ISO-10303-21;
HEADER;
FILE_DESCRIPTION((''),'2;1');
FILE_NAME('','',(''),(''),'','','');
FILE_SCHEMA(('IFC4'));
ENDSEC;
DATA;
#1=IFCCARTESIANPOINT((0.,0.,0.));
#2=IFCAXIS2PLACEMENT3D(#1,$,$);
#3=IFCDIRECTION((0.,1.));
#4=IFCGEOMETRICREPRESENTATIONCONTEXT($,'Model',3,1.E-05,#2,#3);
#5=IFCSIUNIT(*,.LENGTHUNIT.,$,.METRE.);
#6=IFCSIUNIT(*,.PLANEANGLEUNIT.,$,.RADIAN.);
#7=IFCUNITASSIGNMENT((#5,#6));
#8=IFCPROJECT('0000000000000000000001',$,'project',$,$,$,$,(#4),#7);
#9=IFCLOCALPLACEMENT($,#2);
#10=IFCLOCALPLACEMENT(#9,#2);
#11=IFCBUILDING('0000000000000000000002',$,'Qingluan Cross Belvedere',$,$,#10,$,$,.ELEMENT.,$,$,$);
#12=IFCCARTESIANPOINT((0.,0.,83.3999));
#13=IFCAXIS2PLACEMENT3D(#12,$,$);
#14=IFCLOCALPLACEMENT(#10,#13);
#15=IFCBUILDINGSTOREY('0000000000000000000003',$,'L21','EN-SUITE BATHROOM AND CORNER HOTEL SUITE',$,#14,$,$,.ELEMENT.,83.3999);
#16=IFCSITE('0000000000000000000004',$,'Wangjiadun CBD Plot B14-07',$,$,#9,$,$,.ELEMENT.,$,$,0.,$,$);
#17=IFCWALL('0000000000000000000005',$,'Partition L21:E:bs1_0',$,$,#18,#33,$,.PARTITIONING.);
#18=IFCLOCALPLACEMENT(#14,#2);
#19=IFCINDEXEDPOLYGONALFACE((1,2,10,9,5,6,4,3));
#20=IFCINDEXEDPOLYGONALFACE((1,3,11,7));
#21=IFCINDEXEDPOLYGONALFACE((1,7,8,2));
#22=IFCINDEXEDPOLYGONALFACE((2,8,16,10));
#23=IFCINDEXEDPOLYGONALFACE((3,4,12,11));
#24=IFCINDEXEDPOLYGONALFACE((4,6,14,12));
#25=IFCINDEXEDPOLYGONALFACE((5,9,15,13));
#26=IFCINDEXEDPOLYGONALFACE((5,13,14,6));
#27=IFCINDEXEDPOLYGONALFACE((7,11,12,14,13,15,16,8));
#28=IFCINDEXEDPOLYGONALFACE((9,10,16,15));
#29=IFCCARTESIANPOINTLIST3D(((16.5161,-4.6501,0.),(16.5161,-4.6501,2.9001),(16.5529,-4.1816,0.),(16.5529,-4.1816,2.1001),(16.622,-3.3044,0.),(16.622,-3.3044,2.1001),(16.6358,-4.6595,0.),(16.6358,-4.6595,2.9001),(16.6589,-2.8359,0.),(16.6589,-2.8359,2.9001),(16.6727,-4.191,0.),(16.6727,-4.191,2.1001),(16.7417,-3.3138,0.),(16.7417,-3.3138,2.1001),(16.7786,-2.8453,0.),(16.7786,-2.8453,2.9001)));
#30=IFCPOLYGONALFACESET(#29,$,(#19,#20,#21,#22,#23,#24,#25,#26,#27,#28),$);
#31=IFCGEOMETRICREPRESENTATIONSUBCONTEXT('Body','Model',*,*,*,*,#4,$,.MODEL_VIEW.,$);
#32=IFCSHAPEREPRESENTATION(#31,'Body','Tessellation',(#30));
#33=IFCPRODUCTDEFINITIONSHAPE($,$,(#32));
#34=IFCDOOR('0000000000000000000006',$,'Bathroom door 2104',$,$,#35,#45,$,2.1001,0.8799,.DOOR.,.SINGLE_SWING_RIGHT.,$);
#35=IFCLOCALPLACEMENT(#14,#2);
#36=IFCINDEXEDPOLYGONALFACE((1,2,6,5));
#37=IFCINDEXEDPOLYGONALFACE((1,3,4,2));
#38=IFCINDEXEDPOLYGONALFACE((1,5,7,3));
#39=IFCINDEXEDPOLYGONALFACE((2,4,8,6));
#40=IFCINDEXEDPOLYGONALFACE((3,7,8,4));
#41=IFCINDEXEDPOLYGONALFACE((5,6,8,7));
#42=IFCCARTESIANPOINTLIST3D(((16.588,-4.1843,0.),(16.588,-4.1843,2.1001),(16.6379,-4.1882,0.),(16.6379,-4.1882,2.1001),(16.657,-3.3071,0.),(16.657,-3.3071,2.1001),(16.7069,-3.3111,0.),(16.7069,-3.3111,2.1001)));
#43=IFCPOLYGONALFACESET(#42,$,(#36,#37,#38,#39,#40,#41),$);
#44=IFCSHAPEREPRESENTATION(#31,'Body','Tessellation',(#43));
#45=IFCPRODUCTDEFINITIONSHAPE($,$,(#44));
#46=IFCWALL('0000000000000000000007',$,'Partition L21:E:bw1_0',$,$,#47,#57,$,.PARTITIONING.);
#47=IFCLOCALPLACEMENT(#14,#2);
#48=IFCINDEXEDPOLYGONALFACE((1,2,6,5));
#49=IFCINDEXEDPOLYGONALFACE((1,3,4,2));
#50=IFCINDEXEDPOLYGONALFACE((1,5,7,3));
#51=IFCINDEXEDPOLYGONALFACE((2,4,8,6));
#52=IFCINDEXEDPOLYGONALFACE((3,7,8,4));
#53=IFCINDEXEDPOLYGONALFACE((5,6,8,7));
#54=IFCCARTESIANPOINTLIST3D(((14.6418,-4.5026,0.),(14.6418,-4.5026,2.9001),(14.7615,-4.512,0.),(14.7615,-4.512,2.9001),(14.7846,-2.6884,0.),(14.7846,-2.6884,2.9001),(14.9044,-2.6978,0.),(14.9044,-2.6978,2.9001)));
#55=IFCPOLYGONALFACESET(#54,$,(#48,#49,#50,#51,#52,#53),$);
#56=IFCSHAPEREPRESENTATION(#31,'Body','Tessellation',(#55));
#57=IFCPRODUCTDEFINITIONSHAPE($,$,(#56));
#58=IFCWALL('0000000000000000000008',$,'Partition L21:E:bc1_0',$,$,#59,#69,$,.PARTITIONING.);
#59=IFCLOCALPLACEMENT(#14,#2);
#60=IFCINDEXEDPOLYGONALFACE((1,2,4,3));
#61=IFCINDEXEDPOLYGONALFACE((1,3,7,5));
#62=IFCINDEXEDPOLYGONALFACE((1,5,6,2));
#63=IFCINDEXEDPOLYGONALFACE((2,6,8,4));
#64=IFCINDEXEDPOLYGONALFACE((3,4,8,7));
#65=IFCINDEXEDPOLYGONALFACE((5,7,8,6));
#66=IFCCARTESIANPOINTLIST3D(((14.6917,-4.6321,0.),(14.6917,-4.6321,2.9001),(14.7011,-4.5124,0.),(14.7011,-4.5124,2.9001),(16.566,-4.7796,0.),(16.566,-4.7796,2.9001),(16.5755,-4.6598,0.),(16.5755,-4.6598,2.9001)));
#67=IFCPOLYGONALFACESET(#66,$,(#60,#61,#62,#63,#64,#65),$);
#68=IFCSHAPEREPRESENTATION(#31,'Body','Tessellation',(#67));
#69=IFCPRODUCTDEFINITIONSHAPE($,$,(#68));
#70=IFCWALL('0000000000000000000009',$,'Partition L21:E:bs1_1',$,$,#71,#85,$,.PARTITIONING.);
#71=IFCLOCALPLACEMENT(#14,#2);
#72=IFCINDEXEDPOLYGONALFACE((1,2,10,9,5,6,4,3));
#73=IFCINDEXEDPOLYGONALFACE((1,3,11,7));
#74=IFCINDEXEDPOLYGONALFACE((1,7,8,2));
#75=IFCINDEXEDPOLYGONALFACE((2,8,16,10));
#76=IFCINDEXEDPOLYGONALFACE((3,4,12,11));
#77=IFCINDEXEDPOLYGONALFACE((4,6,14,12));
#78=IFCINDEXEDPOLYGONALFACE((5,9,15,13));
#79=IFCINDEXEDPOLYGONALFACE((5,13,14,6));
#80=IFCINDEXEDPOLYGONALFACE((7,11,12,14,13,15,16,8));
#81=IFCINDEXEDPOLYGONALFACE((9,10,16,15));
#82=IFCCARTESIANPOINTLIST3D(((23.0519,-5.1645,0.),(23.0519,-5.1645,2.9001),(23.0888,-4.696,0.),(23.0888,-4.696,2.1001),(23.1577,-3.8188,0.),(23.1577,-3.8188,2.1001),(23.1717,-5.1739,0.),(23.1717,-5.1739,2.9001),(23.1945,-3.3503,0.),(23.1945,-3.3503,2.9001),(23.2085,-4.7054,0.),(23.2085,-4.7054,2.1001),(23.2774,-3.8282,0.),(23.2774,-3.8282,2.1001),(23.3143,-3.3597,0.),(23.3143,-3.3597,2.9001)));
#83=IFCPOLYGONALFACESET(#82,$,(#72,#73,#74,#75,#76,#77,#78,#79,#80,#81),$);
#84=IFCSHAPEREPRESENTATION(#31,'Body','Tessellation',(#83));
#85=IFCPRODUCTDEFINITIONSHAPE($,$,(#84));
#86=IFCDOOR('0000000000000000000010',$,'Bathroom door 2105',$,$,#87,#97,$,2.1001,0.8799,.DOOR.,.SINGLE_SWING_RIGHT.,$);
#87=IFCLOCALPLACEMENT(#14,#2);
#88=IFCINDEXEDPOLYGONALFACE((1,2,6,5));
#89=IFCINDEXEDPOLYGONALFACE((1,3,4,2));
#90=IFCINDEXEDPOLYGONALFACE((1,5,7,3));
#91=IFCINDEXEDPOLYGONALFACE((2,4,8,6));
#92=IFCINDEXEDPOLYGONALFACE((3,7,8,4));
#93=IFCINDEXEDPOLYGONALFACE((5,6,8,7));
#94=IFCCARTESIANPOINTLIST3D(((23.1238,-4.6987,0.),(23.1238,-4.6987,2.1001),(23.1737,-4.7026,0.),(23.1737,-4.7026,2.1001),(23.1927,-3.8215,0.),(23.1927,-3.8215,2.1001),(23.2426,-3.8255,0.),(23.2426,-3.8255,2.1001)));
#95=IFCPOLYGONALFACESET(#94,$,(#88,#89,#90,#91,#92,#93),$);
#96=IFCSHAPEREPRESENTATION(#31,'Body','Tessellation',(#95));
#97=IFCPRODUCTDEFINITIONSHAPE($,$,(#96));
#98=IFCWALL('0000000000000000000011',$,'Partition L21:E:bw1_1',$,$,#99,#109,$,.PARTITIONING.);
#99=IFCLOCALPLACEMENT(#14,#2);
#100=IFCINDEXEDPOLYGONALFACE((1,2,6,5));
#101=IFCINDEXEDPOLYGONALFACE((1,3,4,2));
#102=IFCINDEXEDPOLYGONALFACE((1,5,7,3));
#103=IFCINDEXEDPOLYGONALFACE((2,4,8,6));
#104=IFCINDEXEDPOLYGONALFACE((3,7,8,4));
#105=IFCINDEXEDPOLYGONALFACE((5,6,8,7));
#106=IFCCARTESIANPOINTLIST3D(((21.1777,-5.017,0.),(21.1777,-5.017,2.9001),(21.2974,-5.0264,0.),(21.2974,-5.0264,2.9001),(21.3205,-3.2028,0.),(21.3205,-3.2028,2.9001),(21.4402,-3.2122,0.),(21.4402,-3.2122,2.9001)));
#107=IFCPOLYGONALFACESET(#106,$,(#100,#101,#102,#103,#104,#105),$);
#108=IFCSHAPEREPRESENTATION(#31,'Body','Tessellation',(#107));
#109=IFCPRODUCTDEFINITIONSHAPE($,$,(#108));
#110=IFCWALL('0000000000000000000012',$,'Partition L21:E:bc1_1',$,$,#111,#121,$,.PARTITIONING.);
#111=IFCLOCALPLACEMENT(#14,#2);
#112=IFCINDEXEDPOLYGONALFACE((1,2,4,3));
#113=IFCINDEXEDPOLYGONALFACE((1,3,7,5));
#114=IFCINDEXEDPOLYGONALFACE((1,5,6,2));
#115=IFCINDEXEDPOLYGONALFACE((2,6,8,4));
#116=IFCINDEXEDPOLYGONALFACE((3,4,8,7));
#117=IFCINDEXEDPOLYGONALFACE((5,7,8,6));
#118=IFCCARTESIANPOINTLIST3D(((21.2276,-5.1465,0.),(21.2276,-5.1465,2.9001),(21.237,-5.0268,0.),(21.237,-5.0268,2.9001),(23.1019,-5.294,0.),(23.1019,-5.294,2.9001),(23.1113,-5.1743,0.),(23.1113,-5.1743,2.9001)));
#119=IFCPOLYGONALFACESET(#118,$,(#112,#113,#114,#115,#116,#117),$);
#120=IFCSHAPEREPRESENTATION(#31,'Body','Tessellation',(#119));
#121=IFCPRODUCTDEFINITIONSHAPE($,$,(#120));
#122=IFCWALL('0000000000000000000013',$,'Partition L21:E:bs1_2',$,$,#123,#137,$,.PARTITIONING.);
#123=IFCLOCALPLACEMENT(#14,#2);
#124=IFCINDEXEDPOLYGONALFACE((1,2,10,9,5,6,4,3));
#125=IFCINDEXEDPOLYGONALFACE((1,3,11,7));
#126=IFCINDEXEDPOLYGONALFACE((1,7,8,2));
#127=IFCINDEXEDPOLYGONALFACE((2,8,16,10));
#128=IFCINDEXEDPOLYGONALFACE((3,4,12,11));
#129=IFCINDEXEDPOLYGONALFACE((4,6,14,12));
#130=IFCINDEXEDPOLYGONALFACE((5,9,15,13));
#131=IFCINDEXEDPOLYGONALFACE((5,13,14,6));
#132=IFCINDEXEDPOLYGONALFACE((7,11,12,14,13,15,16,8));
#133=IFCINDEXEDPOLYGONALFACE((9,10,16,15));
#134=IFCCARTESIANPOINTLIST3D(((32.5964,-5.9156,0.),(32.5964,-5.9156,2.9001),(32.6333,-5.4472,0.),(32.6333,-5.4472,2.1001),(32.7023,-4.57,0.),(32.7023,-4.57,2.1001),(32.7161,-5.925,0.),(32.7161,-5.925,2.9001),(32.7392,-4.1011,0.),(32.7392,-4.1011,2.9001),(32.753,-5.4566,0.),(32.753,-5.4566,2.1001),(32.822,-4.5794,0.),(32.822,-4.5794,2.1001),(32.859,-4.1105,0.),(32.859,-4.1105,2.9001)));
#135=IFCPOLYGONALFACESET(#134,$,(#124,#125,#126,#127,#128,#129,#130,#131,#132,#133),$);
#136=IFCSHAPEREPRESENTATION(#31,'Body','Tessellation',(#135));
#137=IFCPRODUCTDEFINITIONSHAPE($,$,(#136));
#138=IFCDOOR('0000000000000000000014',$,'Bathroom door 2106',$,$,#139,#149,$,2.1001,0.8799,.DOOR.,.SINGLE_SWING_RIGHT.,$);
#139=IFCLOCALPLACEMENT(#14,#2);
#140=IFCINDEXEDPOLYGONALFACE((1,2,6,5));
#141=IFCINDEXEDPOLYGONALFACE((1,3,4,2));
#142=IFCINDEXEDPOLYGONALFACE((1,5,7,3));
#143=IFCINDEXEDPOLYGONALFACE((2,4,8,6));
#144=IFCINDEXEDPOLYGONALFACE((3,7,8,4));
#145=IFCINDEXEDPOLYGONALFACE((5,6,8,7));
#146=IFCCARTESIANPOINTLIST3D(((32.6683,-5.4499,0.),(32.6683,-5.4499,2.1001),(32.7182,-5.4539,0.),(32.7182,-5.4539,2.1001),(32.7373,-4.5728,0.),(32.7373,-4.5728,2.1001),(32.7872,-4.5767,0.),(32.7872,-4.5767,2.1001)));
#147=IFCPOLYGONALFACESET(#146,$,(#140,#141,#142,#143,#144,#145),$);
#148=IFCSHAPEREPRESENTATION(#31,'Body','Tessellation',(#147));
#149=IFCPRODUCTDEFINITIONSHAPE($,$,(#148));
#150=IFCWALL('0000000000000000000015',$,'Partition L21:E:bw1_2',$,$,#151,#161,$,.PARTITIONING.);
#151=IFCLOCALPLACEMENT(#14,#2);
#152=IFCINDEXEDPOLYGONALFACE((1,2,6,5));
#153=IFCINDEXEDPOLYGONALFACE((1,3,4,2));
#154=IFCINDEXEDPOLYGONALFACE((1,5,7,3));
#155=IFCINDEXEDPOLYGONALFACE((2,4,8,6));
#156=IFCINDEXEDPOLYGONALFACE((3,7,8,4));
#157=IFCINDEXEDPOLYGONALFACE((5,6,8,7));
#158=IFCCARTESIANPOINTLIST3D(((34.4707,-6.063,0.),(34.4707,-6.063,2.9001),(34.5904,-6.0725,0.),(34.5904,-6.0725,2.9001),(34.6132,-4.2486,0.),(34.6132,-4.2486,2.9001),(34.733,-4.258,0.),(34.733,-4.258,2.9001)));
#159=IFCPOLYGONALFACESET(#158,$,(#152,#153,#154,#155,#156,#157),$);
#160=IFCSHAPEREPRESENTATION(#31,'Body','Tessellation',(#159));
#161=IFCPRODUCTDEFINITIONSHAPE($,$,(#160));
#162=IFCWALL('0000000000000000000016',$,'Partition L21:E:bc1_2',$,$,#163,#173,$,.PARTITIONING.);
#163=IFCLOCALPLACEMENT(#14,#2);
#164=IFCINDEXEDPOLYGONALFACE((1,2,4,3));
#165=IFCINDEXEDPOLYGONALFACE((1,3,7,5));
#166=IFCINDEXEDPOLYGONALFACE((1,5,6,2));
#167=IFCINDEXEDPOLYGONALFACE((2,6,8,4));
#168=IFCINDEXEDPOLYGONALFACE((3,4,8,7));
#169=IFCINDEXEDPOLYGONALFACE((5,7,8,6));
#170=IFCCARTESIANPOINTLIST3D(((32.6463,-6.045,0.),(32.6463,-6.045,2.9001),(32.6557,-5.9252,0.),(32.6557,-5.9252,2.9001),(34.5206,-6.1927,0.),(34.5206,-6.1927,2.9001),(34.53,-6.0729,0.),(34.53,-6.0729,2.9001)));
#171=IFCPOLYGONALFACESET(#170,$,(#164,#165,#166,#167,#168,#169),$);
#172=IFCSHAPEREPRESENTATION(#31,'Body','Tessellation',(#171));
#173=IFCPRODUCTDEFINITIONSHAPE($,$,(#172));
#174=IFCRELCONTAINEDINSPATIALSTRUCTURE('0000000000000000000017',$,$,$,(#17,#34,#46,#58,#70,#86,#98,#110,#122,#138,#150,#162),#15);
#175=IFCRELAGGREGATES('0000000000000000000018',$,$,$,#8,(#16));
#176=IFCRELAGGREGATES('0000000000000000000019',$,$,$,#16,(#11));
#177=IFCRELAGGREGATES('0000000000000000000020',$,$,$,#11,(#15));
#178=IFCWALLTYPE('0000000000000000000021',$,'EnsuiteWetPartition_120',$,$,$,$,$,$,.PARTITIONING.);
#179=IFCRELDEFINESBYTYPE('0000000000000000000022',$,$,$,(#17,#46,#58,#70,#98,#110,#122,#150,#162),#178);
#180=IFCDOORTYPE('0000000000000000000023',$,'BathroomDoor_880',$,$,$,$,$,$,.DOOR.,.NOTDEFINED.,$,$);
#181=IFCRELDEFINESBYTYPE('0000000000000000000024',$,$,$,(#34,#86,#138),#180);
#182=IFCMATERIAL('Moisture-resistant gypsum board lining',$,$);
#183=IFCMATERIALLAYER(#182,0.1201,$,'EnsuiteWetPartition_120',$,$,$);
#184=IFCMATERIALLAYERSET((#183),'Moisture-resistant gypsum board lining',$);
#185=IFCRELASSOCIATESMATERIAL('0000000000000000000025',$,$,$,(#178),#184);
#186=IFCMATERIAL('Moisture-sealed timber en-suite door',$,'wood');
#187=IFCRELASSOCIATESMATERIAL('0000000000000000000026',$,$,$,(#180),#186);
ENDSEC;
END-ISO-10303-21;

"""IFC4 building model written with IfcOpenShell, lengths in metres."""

from ifc_helpers import new_model, si_unit, direction, frame, frame_2d, origin, place, context, subcontext, project, spatial, rectangle, extrude, material, layer, layer_set, type_object, element, fill, save


model = new_model("IFC4")

# Units and contexts
model_context = context("Model", 3, precision=1e-05, world=origin(), true_north=direction((0.0, 1.0)))
body_context = subcontext(model_context, "Body", "Model", "MODEL_VIEW")
ifc_project = project(units=[si_unit("LENGTHUNIT", "METRE"), si_unit("PLANEANGLEUNIT", "RADIAN")], contexts=[model_context])

# Site, building, storey
site_placement = place(None, origin())
site = spatial("IfcSite", under=ifc_project, at=site_placement, Name="Wangjiadun CBD Plot B14-07", CompositionType="ELEMENT", RefElevation=0.0)
building_placement = place(site_placement, origin())
building = spatial("IfcBuilding", under=site, at=building_placement, Name="Qingluan Cross Belvedere", CompositionType="ELEMENT")
storey_placement = place(building_placement, frame((0.0, 0.0, 83.3999)))
storey = spatial("IfcBuildingStorey", under=building, at=storey_placement, Name="L21", Description="EN-SUITE BATHROOM AND CORNER HOTEL SUITE", CompositionType="ELEMENT", Elevation=83.3999)

# Wall, opening, door
ifc_material_1 = material(Name="Moisture-resistant gypsum board lining")
ifc_layer_1 = layer(ifc_material_1, 0.1201, Name="EnsuiteWetPartition_120")
ifc_layer_set_1 = layer_set([ifc_layer_1], Name="Moisture-resistant gypsum board lining")
wall_type_1 = type_object("IfcWallType", Name="EnsuiteWetPartition_120", PredefinedType="PARTITIONING", material=ifc_layer_set_1)
wall_1_placement = place(storey_placement, frame((16.5759, -4.6548, 0.0), z_axis=(0.0, 0.0, 1.0), x_axis=(0.078481, 0.996916, 0.0)))
wall_1 = element("IfcWall", 1, at=wall_1_placement, inside=storey, type_object=wall_type_1, Name="Partition L21:E:bs1_0", PredefinedType="PARTITIONING", context=body_context, shape_type="SweptSolid", body=[
    extrude(rectangle(XDim=1.8198, YDim=0.1201, at=frame_2d((0.9099, 0.0))), origin(), (0.0, 0.0, 1.0), 2.9001),
])
opening_1_placement = place(wall_1_placement, frame((0.47, 0.0, 0.0)))
opening_1 = element("IfcOpeningElement", 2, at=opening_1_placement, cuts=wall_1, PredefinedType="OPENING", context=body_context, shape_type="SweptSolid", body=[
    extrude(rectangle(XDim=0.8799, YDim=2.1001, at=frame_2d((0.4399, 1.05))), frame((0.0, 0.0701, 0.0), z_axis=(0.0, -1.0, 0.0), x_axis=(1.0, 0.0, 0.0)), (0.0, 0.0, 1.0), 0.1401),
])
ifc_material_2 = material(Name="Moisture-sealed timber en-suite door", Category="wood")
door_type = type_object("IfcDoorType", Name="BathroomDoor_880", OperationType="NOTDEFINED", PredefinedType="DOOR", material=ifc_material_2)
door_1_placement = place(opening_1_placement, origin())
door_1 = element("IfcDoor", 3, at=door_1_placement, inside=storey, type_object=door_type, Name="Bathroom door 2104", OperationType="SINGLE_SWING_RIGHT", OverallHeight=2.1001, OverallWidth=0.8799, PredefinedType="DOOR", context=body_context, shape_type="SweptSolid", body=[
    extrude(rectangle(XDim=0.8799, YDim=2.1001, at=frame_2d((0.4399, 1.05))), frame((0.0, 0.0249, 0.0), z_axis=(0.0, -1.0, 0.0), x_axis=(1.0, 0.0, 0.0)), (0.0, 0.0, 1.0), 0.05),
])
fill(opening_1, door_1)

# Walls
wall_2_placement = place(storey_placement, frame((14.7017, -4.5073, 0.0), z_axis=(0.0, 0.0, 1.0), x_axis=(0.078481, 0.996916, 0.0)))
element("IfcWall", 4, at=wall_2_placement, inside=storey, type_object=wall_type_1, Name="Partition L21:E:bw1_0", PredefinedType="PARTITIONING", context=body_context, shape_type="SweptSolid", body=[
    extrude(rectangle(XDim=1.8198, YDim=0.1201, at=frame_2d((0.9099, 0.0))), origin(), (0.0, 0.0, 1.0), 2.9001),
])
wall_3_placement = place(storey_placement, frame((14.6965, -4.5723, 0.0), z_axis=(0.0, 0.0, 1.0), x_axis=(0.996919, -0.078434, 0.0)))
element("IfcWall", 5, at=wall_3_placement, inside=storey, type_object=wall_type_1, Name="Partition L21:E:bc1_0", PredefinedType="PARTITIONING", context=body_context, shape_type="SweptSolid", body=[
    extrude(rectangle(XDim=1.8801, YDim=0.1201, at=frame_2d((0.9399, 0.0))), origin(), (0.0, 0.0, 1.0), 2.9001),
])

# Wall, opening, door
wall_4_placement = place(storey_placement, frame((23.1118, -5.1692, 0.0), z_axis=(0.0, 0.0, 1.0), x_axis=(0.078348, 0.996926, 0.0)))
wall_4 = element("IfcWall", 6, at=wall_4_placement, inside=storey, type_object=wall_type_1, Name="Partition L21:E:bs1_1", PredefinedType="PARTITIONING", context=body_context, shape_type="SweptSolid", body=[
    extrude(rectangle(XDim=1.8198, YDim=0.1201, at=frame_2d((0.9099, 0.0))), origin(), (0.0, 0.0, 1.0), 2.9001),
])
opening_2_placement = place(wall_4_placement, frame((0.47, 0.0, 0.0)))
opening_2 = element("IfcOpeningElement", 7, at=opening_2_placement, cuts=wall_4, PredefinedType="OPENING", context=body_context, shape_type="SweptSolid", body=[
    extrude(rectangle(XDim=0.8799, YDim=2.1001, at=frame_2d((0.4399, 1.05))), frame((0.0, 0.0701, 0.0), z_axis=(0.0, -1.0, 0.0), x_axis=(1.0, 0.0, 0.0)), (0.0, 0.0, 1.0), 0.1401),
])
door_2_placement = place(opening_2_placement, origin())
door_2 = element("IfcDoor", 8, at=door_2_placement, inside=storey, type_object=door_type, Name="Bathroom door 2105", OperationType="SINGLE_SWING_RIGHT", OverallHeight=2.1001, OverallWidth=0.8799, PredefinedType="DOOR", context=body_context, shape_type="SweptSolid", body=[
    extrude(rectangle(XDim=0.8799, YDim=2.1001, at=frame_2d((0.4399, 1.05))), frame((0.0, 0.0249, 0.0), z_axis=(0.0, -1.0, 0.0), x_axis=(1.0, 0.0, 0.0)), (0.0, 0.0, 1.0), 0.05),
])
fill(opening_2, door_2)

# Walls
wall_5_placement = place(storey_placement, frame((21.2375, -5.0217, 0.0), z_axis=(0.0, 0.0, 1.0), x_axis=(0.078481, 0.996916, 0.0)))
element("IfcWall", 9, at=wall_5_placement, inside=storey, type_object=wall_type_1, Name="Partition L21:E:bw1_1", PredefinedType="PARTITIONING", context=body_context, shape_type="SweptSolid", body=[
    extrude(rectangle(XDim=1.8198, YDim=0.1201, at=frame_2d((0.9099, 0.0))), origin(), (0.0, 0.0, 1.0), 2.9001),
])
wall_6_placement = place(storey_placement, frame((21.2324, -5.0867, 0.0), z_axis=(0.0, 0.0, 1.0), x_axis=(0.996919, -0.078434, 0.0)))
element("IfcWall", 10, at=wall_6_placement, inside=storey, type_object=wall_type_1, Name="Partition L21:E:bc1_1", PredefinedType="PARTITIONING", context=body_context, shape_type="SweptSolid", body=[
    extrude(rectangle(XDim=1.8801, YDim=0.1201, at=frame_2d((0.9399, 0.0))), origin(), (0.0, 0.0, 1.0), 2.9001),
])

# Wall, opening, door
wall_7_placement = place(storey_placement, frame((32.6562, -5.9204, 0.0), z_axis=(0.0, 0.0, 1.0), x_axis=(0.078471, 0.996916, 0.0)))
wall_7 = element("IfcWall", 11, at=wall_7_placement, inside=storey, type_object=wall_type_1, Name="Partition L21:E:bs1_2", PredefinedType="PARTITIONING", context=body_context, shape_type="SweptSolid", body=[
    extrude(rectangle(XDim=1.8201, YDim=0.1201, at=frame_2d((0.9102, 0.0))), origin(), (0.0, 0.0, 1.0), 2.9001),
])
opening_3_placement = place(wall_7_placement, frame((0.47, 0.0, 0.0)))
opening_3 = element("IfcOpeningElement", 12, at=opening_3_placement, cuts=wall_7, PredefinedType="OPENING", context=body_context, shape_type="SweptSolid", body=[
    extrude(rectangle(XDim=0.8799, YDim=2.1001, at=frame_2d((0.4399, 1.05))), frame((0.0, 0.0701, 0.0), z_axis=(0.0, -1.0, 0.0), x_axis=(1.0, 0.0, 0.0)), (0.0, 0.0, 1.0), 0.1401),
])
door_3_placement = place(opening_3_placement, origin())
door_3 = element("IfcDoor", 13, at=door_3_placement, inside=storey, type_object=door_type, Name="Bathroom door 2106", OperationType="SINGLE_SWING_RIGHT", OverallHeight=2.1001, OverallWidth=0.8799, PredefinedType="DOOR", context=body_context, shape_type="SweptSolid", body=[
    extrude(rectangle(XDim=0.8799, YDim=2.1001, at=frame_2d((0.4399, 1.05))), frame((0.0, 0.0249, 0.0), z_axis=(0.0, -1.0, 0.0), x_axis=(1.0, 0.0, 0.0)), (0.0, 0.0, 1.0), 0.05),
])
fill(opening_3, door_3)

# Walls
wall_8_placement = place(storey_placement, frame((34.5305, -6.0679, 0.0), z_axis=(0.0, 0.0, 1.0), x_axis=(0.078338, 0.996927, 0.0)))
element("IfcWall", 14, at=wall_8_placement, inside=storey, type_object=wall_type_1, Name="Partition L21:E:bw1_2", PredefinedType="PARTITIONING", context=body_context, shape_type="SweptSolid", body=[
    extrude(rectangle(XDim=1.8201, YDim=0.1201, at=frame_2d((0.9102, 0.0))), origin(), (0.0, 0.0, 1.0), 2.9001),
])
wall_9_placement = place(storey_placement, frame((32.6511, -5.9851, 0.0), z_axis=(0.0, 0.0, 1.0), x_axis=(0.996909, -0.078563, 0.0)))
element("IfcWall", 15, at=wall_9_placement, inside=storey, type_object=wall_type_1, Name="Partition L21:E:bc1_2", PredefinedType="PARTITIONING", context=body_context, shape_type="SweptSolid", body=[
    extrude(rectangle(XDim=1.8801, YDim=0.1201, at=frame_2d((0.9399, 0.0))), origin(), (0.0, 0.0, 1.0), 2.9001),
])

save(model, "model.ifc")
